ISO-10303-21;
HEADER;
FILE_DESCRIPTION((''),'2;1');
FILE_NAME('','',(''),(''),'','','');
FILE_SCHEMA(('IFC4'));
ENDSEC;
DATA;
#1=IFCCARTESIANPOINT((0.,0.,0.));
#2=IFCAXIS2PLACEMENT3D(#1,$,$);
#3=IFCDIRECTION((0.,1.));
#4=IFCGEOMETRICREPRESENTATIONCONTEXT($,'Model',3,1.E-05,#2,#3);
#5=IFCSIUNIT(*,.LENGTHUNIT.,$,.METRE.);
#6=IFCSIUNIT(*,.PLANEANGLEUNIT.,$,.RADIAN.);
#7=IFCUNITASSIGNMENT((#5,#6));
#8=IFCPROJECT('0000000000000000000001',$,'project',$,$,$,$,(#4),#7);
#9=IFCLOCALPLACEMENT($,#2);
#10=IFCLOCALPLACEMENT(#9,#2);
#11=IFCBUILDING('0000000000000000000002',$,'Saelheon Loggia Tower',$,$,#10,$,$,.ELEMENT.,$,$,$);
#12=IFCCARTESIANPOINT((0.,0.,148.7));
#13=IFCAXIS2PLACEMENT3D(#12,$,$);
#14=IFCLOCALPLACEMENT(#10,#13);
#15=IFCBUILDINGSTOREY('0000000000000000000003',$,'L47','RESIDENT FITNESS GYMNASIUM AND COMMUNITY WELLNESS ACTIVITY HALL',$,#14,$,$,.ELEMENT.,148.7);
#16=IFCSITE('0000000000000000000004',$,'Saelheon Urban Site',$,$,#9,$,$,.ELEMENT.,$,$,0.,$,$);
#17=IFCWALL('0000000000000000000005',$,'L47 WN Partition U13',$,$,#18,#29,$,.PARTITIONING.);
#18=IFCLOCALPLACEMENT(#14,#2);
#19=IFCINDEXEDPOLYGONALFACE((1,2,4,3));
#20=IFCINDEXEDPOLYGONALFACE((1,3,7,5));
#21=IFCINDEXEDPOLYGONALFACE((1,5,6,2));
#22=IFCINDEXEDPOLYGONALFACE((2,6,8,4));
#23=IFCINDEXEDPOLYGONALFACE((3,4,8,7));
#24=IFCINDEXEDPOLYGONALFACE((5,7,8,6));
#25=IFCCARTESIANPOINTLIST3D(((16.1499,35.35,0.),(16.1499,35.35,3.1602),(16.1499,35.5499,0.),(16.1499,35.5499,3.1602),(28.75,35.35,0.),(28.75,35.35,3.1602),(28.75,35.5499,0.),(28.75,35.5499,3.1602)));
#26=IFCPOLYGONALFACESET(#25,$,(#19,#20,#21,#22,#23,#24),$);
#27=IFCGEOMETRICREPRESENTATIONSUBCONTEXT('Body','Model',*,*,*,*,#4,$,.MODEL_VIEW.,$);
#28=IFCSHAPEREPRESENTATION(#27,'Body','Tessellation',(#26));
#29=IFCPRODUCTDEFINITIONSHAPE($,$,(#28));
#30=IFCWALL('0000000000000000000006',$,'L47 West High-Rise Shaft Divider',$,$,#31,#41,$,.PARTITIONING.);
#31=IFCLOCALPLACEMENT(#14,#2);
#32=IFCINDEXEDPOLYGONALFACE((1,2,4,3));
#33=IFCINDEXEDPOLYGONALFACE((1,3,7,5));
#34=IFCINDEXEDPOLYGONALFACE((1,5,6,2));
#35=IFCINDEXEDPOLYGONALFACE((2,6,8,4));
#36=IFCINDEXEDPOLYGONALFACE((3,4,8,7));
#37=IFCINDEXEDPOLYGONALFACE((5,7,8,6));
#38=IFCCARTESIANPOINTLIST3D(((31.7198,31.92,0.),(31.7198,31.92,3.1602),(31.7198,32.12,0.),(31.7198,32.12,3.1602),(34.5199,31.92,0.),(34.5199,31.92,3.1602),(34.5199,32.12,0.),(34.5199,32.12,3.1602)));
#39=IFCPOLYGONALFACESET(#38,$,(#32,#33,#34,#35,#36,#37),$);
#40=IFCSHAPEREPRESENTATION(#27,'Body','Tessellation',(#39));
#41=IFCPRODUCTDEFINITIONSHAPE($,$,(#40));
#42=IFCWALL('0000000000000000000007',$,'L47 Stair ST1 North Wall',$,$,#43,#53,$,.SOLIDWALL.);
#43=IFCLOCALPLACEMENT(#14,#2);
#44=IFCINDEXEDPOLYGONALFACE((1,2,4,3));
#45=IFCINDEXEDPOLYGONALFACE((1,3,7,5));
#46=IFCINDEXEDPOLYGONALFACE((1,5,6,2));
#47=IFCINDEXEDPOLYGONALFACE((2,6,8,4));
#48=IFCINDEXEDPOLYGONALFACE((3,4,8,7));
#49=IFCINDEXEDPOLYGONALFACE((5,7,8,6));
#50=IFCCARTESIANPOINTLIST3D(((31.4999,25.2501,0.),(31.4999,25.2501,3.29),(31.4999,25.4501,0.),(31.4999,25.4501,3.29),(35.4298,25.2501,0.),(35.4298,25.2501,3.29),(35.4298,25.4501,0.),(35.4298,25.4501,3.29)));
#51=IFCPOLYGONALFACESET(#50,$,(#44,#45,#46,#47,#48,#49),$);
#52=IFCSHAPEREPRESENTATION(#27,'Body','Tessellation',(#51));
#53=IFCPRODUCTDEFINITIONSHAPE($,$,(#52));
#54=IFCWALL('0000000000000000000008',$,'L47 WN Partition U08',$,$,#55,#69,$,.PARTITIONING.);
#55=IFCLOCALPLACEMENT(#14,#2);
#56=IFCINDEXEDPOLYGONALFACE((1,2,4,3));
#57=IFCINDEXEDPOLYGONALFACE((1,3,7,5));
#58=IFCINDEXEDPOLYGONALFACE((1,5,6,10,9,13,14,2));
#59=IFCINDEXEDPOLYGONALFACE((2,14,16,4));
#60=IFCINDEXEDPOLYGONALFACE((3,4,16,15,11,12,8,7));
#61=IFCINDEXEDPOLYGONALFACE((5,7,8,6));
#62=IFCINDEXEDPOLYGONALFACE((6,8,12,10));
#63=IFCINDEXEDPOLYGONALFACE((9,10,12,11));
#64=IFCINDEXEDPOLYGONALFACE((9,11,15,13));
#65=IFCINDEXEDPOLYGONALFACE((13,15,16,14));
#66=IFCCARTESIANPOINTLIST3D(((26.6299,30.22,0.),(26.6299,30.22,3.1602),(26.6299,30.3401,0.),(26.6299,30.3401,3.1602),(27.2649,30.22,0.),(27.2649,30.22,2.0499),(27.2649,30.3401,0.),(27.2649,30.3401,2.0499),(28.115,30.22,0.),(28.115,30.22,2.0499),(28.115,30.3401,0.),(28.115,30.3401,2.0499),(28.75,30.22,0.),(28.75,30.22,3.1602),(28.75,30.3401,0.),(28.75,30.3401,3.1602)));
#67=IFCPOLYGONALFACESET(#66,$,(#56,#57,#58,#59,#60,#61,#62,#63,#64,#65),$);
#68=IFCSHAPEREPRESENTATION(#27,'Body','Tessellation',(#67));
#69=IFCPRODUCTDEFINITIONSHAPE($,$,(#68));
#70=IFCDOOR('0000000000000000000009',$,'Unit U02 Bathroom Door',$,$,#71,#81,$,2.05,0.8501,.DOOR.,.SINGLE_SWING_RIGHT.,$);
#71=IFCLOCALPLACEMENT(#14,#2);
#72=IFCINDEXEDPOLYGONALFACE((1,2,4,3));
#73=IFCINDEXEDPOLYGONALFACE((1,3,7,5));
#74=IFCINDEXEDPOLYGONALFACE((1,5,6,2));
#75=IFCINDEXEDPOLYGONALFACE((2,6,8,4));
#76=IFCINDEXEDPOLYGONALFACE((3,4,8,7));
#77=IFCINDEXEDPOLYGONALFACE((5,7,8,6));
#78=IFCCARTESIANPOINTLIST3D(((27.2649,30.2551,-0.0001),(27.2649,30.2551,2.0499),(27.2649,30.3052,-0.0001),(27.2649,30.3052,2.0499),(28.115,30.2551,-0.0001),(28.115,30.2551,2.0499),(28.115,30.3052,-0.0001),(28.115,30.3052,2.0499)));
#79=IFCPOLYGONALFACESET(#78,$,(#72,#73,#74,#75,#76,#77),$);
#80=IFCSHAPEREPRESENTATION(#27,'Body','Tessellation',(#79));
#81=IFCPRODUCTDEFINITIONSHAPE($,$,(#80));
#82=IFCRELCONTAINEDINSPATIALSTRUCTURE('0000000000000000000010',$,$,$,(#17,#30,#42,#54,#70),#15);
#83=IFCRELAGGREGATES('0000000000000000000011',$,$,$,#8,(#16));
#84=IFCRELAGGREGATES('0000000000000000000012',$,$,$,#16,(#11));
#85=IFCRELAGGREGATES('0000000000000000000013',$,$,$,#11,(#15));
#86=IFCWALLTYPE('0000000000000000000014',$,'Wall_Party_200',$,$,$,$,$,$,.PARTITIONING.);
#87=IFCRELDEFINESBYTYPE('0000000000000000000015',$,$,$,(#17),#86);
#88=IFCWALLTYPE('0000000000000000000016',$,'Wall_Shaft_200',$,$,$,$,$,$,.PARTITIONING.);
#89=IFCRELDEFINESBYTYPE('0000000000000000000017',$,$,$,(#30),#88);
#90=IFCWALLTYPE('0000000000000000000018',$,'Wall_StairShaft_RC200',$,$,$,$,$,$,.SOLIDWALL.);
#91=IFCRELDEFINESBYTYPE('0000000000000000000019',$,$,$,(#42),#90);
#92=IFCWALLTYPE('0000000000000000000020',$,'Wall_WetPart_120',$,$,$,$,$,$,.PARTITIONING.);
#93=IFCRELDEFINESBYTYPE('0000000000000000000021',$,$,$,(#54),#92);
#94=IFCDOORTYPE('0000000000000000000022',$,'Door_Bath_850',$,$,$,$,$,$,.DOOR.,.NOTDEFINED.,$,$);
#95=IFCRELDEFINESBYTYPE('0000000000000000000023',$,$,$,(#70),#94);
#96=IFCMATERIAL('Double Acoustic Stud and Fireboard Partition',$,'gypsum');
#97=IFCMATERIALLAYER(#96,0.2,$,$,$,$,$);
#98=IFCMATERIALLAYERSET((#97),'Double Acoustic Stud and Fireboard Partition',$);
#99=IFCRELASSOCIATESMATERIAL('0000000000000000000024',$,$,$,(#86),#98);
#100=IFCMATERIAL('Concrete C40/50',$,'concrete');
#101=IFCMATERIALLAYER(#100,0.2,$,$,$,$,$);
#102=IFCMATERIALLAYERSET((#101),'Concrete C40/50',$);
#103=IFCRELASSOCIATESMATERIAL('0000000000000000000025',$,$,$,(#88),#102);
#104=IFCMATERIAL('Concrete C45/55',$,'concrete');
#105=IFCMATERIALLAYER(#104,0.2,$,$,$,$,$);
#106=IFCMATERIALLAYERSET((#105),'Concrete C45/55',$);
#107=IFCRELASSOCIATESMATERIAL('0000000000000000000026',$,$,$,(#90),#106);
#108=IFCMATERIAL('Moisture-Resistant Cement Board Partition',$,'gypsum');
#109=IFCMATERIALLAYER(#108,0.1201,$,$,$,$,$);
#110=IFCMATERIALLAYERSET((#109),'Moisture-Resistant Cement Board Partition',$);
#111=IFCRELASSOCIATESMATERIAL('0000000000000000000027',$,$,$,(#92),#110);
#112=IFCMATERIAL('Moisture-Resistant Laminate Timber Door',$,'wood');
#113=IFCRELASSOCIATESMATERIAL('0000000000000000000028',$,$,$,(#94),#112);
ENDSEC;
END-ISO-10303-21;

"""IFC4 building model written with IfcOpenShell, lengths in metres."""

from ifc_helpers import new_model, si_unit, direction, frame, frame_2d, origin, place, context, subcontext, project, spatial, rectangle, extrude, source, transform, mapped, material, layer, layer_set, type_object, element, fill, save


model = new_model("IFC4")

# Units and contexts
model_context = context("Model", 3, precision=1e-05, world=origin(), true_north=direction((0.0, 1.0)))
body_context = subcontext(model_context, "Body", "Model", "MODEL_VIEW")
ifc_project = project(units=[si_unit("LENGTHUNIT", "METRE"), si_unit("PLANEANGLEUNIT", "RADIAN")], contexts=[model_context])

# Site, building, storey
site_placement = place(None, origin())
site = spatial("IfcSite", under=ifc_project, at=site_placement, Name="Saelheon Urban Site", CompositionType="ELEMENT", RefElevation=0.0)
building_placement = place(site_placement, origin())
building = spatial("IfcBuilding", under=site, at=building_placement, Name="Saelheon Loggia Tower", CompositionType="ELEMENT")
storey_placement = place(building_placement, frame((0.0, 0.0, 148.7)))
storey = spatial("IfcBuildingStorey", under=building, at=storey_placement, Name="L47", Description="RESIDENT FITNESS GYMNASIUM AND COMMUNITY WELLNESS ACTIVITY HALL", CompositionType="ELEMENT", Elevation=148.7)

# Shared definitions
ifc_material_1 = material(Name="Concrete C45/55", Category="concrete")

# Shared definitions
ifc_material_2 = material(Name="Double Acoustic Stud and Fireboard Partition", Category="gypsum")
ifc_layer_1 = layer(ifc_material_2, 0.2)
ifc_layer_set_1 = layer_set([ifc_layer_1], Name="Double Acoustic Stud and Fireboard Partition")
wall_type_1 = type_object("IfcWallType", Name="Wall_Party_200", PredefinedType="PARTITIONING", material=ifc_layer_set_1)

# Walls
wall_1_placement = place(storey_placement, frame((28.75, 35.45, 0.0), z_axis=(0.0, 0.0, 1.0), x_axis=(-1.0, 0.0, 0.0)))
element("IfcWall", 1, at=wall_1_placement, inside=storey, type_object=wall_type_1, Name="L47 WN Partition U13", PredefinedType="PARTITIONING", context=body_context, shape_type="SweptSolid", body=[
    extrude(rectangle(XDim=12.6001, YDim=0.2, at=frame_2d((6.3, 0.0))), origin(), (0.0, 0.0, 1.0), 3.1602),
])
ifc_material_3 = material(Name="Concrete C40/50", Category="concrete")
ifc_layer_2 = layer(ifc_material_3, 0.2)
ifc_layer_set_2 = layer_set([ifc_layer_2], Name="Concrete C40/50")
wall_type_2 = type_object("IfcWallType", Name="Wall_Shaft_200", PredefinedType="PARTITIONING", material=ifc_layer_set_2)
wall_2_placement = place(storey_placement, frame((31.72, 32.02, 0.0), z_axis=(0.0, 0.0, 1.0), x_axis=(1.0, 0.0, 0.0)))
element("IfcWall", 2, at=wall_2_placement, inside=storey, type_object=wall_type_2, Name="L47 West High-Rise Shaft Divider", PredefinedType="PARTITIONING", context=body_context, shape_type="SweptSolid", body=[
    extrude(rectangle(XDim=2.8, YDim=0.2, at=frame_2d((1.3999, 0.0))), origin(), (0.0, 0.0, 1.0), 3.1602),
])
ifc_layer_3 = layer(ifc_material_1, 0.2)
ifc_layer_set_3 = layer_set([ifc_layer_3], Name="Concrete C45/55")
wall_type_3 = type_object("IfcWallType", Name="Wall_StairShaft_RC200", PredefinedType="SOLIDWALL", material=ifc_layer_set_3)
wall_3_placement = place(storey_placement, frame((31.5, 25.3501, 0.0), z_axis=(0.0, 0.0, 1.0), x_axis=(1.0, 0.0, 0.0)))
element("IfcWall", 3, at=wall_3_placement, inside=storey, type_object=wall_type_3, Name="L47 Stair ST1 North Wall", PredefinedType="SOLIDWALL", context=body_context, shape_type="SweptSolid", body=[
    extrude(rectangle(XDim=3.9299, YDim=0.2, at=frame_2d((1.9648, 0.0))), origin(), (0.0, 0.0, 1.0), 3.29),
])

# Wall, opening, door
ifc_material_4 = material(Name="Moisture-Resistant Cement Board Partition", Category="gypsum")
ifc_layer_4 = layer(ifc_material_4, 0.1201)
ifc_layer_set_4 = layer_set([ifc_layer_4], Name="Moisture-Resistant Cement Board Partition")
wall_type_4 = type_object("IfcWallType", Name="Wall_WetPart_120", PredefinedType="PARTITIONING", material=ifc_layer_set_4)
wall_4_placement = place(storey_placement, frame((28.75, 30.28, 0.0), z_axis=(0.0, 0.0, 1.0), x_axis=(-1.0, 0.0, 0.0)))
wall_4 = element("IfcWall", 4, at=wall_4_placement, inside=storey, type_object=wall_type_4, Name="L47 WN Partition U08", PredefinedType="PARTITIONING", context=body_context, shape_type="SweptSolid", body=[
    extrude(rectangle(XDim=2.1201, YDim=0.1201, at=frame_2d((1.0601, 0.0))), origin(), (0.0, 0.0, 1.0), 3.1602),
])
opening_1_placement = place(wall_4_placement, frame((0.635, 0.0, 0.0)))
opening_1 = element("IfcOpeningElement", 5, at=opening_1_placement, cuts=wall_4, PredefinedType="OPENING", context=body_context, shape_type="SweptSolid", body=[
    extrude(rectangle(XDim=0.8501, YDim=2.05, at=frame_2d((0.425, 1.0249))), frame((0.0, 0.072, 0.0), z_axis=(0.0, -1.0, 0.0), x_axis=(1.0, 0.0, 0.0)), (0.0, 0.0, 1.0), 0.144),
])
ifc_material_5 = material(Name="Moisture-Resistant Laminate Timber Door", Category="wood")
door_type_1 = type_object("IfcDoorType", Name="Door_Bath_850", OperationType="NOTDEFINED", PredefinedType="DOOR", material=ifc_material_5)
shared_shape_1 = source(origin(), body_context, "Body", "SweptSolid", [
    extrude(rectangle(XDim=0.8501, YDim=2.05, at=frame_2d((0.425, 1.0249))), frame((0.0, 0.0249, 0.0), z_axis=(0.0, -1.0, 0.0), x_axis=(1.0, 0.0, 0.0)), (0.0, 0.0, 1.0), 0.05),
])
door_1_placement = place(opening_1_placement, origin())
door_1 = element("IfcDoor", 6, at=door_1_placement, inside=storey, type_object=door_type_1, Name="Unit U02 Bathroom Door", OperationType="SINGLE_SWING_RIGHT", OverallHeight=2.05, OverallWidth=0.8501, PredefinedType="DOOR", context=body_context, shape_type="MappedRepresentation", body=[
    mapped(shared_shape_1, transform((0.0, 0.0, 0.0), scale=1.0)),
])
fill(opening_1, door_1)

save(model, "model.ifc")
